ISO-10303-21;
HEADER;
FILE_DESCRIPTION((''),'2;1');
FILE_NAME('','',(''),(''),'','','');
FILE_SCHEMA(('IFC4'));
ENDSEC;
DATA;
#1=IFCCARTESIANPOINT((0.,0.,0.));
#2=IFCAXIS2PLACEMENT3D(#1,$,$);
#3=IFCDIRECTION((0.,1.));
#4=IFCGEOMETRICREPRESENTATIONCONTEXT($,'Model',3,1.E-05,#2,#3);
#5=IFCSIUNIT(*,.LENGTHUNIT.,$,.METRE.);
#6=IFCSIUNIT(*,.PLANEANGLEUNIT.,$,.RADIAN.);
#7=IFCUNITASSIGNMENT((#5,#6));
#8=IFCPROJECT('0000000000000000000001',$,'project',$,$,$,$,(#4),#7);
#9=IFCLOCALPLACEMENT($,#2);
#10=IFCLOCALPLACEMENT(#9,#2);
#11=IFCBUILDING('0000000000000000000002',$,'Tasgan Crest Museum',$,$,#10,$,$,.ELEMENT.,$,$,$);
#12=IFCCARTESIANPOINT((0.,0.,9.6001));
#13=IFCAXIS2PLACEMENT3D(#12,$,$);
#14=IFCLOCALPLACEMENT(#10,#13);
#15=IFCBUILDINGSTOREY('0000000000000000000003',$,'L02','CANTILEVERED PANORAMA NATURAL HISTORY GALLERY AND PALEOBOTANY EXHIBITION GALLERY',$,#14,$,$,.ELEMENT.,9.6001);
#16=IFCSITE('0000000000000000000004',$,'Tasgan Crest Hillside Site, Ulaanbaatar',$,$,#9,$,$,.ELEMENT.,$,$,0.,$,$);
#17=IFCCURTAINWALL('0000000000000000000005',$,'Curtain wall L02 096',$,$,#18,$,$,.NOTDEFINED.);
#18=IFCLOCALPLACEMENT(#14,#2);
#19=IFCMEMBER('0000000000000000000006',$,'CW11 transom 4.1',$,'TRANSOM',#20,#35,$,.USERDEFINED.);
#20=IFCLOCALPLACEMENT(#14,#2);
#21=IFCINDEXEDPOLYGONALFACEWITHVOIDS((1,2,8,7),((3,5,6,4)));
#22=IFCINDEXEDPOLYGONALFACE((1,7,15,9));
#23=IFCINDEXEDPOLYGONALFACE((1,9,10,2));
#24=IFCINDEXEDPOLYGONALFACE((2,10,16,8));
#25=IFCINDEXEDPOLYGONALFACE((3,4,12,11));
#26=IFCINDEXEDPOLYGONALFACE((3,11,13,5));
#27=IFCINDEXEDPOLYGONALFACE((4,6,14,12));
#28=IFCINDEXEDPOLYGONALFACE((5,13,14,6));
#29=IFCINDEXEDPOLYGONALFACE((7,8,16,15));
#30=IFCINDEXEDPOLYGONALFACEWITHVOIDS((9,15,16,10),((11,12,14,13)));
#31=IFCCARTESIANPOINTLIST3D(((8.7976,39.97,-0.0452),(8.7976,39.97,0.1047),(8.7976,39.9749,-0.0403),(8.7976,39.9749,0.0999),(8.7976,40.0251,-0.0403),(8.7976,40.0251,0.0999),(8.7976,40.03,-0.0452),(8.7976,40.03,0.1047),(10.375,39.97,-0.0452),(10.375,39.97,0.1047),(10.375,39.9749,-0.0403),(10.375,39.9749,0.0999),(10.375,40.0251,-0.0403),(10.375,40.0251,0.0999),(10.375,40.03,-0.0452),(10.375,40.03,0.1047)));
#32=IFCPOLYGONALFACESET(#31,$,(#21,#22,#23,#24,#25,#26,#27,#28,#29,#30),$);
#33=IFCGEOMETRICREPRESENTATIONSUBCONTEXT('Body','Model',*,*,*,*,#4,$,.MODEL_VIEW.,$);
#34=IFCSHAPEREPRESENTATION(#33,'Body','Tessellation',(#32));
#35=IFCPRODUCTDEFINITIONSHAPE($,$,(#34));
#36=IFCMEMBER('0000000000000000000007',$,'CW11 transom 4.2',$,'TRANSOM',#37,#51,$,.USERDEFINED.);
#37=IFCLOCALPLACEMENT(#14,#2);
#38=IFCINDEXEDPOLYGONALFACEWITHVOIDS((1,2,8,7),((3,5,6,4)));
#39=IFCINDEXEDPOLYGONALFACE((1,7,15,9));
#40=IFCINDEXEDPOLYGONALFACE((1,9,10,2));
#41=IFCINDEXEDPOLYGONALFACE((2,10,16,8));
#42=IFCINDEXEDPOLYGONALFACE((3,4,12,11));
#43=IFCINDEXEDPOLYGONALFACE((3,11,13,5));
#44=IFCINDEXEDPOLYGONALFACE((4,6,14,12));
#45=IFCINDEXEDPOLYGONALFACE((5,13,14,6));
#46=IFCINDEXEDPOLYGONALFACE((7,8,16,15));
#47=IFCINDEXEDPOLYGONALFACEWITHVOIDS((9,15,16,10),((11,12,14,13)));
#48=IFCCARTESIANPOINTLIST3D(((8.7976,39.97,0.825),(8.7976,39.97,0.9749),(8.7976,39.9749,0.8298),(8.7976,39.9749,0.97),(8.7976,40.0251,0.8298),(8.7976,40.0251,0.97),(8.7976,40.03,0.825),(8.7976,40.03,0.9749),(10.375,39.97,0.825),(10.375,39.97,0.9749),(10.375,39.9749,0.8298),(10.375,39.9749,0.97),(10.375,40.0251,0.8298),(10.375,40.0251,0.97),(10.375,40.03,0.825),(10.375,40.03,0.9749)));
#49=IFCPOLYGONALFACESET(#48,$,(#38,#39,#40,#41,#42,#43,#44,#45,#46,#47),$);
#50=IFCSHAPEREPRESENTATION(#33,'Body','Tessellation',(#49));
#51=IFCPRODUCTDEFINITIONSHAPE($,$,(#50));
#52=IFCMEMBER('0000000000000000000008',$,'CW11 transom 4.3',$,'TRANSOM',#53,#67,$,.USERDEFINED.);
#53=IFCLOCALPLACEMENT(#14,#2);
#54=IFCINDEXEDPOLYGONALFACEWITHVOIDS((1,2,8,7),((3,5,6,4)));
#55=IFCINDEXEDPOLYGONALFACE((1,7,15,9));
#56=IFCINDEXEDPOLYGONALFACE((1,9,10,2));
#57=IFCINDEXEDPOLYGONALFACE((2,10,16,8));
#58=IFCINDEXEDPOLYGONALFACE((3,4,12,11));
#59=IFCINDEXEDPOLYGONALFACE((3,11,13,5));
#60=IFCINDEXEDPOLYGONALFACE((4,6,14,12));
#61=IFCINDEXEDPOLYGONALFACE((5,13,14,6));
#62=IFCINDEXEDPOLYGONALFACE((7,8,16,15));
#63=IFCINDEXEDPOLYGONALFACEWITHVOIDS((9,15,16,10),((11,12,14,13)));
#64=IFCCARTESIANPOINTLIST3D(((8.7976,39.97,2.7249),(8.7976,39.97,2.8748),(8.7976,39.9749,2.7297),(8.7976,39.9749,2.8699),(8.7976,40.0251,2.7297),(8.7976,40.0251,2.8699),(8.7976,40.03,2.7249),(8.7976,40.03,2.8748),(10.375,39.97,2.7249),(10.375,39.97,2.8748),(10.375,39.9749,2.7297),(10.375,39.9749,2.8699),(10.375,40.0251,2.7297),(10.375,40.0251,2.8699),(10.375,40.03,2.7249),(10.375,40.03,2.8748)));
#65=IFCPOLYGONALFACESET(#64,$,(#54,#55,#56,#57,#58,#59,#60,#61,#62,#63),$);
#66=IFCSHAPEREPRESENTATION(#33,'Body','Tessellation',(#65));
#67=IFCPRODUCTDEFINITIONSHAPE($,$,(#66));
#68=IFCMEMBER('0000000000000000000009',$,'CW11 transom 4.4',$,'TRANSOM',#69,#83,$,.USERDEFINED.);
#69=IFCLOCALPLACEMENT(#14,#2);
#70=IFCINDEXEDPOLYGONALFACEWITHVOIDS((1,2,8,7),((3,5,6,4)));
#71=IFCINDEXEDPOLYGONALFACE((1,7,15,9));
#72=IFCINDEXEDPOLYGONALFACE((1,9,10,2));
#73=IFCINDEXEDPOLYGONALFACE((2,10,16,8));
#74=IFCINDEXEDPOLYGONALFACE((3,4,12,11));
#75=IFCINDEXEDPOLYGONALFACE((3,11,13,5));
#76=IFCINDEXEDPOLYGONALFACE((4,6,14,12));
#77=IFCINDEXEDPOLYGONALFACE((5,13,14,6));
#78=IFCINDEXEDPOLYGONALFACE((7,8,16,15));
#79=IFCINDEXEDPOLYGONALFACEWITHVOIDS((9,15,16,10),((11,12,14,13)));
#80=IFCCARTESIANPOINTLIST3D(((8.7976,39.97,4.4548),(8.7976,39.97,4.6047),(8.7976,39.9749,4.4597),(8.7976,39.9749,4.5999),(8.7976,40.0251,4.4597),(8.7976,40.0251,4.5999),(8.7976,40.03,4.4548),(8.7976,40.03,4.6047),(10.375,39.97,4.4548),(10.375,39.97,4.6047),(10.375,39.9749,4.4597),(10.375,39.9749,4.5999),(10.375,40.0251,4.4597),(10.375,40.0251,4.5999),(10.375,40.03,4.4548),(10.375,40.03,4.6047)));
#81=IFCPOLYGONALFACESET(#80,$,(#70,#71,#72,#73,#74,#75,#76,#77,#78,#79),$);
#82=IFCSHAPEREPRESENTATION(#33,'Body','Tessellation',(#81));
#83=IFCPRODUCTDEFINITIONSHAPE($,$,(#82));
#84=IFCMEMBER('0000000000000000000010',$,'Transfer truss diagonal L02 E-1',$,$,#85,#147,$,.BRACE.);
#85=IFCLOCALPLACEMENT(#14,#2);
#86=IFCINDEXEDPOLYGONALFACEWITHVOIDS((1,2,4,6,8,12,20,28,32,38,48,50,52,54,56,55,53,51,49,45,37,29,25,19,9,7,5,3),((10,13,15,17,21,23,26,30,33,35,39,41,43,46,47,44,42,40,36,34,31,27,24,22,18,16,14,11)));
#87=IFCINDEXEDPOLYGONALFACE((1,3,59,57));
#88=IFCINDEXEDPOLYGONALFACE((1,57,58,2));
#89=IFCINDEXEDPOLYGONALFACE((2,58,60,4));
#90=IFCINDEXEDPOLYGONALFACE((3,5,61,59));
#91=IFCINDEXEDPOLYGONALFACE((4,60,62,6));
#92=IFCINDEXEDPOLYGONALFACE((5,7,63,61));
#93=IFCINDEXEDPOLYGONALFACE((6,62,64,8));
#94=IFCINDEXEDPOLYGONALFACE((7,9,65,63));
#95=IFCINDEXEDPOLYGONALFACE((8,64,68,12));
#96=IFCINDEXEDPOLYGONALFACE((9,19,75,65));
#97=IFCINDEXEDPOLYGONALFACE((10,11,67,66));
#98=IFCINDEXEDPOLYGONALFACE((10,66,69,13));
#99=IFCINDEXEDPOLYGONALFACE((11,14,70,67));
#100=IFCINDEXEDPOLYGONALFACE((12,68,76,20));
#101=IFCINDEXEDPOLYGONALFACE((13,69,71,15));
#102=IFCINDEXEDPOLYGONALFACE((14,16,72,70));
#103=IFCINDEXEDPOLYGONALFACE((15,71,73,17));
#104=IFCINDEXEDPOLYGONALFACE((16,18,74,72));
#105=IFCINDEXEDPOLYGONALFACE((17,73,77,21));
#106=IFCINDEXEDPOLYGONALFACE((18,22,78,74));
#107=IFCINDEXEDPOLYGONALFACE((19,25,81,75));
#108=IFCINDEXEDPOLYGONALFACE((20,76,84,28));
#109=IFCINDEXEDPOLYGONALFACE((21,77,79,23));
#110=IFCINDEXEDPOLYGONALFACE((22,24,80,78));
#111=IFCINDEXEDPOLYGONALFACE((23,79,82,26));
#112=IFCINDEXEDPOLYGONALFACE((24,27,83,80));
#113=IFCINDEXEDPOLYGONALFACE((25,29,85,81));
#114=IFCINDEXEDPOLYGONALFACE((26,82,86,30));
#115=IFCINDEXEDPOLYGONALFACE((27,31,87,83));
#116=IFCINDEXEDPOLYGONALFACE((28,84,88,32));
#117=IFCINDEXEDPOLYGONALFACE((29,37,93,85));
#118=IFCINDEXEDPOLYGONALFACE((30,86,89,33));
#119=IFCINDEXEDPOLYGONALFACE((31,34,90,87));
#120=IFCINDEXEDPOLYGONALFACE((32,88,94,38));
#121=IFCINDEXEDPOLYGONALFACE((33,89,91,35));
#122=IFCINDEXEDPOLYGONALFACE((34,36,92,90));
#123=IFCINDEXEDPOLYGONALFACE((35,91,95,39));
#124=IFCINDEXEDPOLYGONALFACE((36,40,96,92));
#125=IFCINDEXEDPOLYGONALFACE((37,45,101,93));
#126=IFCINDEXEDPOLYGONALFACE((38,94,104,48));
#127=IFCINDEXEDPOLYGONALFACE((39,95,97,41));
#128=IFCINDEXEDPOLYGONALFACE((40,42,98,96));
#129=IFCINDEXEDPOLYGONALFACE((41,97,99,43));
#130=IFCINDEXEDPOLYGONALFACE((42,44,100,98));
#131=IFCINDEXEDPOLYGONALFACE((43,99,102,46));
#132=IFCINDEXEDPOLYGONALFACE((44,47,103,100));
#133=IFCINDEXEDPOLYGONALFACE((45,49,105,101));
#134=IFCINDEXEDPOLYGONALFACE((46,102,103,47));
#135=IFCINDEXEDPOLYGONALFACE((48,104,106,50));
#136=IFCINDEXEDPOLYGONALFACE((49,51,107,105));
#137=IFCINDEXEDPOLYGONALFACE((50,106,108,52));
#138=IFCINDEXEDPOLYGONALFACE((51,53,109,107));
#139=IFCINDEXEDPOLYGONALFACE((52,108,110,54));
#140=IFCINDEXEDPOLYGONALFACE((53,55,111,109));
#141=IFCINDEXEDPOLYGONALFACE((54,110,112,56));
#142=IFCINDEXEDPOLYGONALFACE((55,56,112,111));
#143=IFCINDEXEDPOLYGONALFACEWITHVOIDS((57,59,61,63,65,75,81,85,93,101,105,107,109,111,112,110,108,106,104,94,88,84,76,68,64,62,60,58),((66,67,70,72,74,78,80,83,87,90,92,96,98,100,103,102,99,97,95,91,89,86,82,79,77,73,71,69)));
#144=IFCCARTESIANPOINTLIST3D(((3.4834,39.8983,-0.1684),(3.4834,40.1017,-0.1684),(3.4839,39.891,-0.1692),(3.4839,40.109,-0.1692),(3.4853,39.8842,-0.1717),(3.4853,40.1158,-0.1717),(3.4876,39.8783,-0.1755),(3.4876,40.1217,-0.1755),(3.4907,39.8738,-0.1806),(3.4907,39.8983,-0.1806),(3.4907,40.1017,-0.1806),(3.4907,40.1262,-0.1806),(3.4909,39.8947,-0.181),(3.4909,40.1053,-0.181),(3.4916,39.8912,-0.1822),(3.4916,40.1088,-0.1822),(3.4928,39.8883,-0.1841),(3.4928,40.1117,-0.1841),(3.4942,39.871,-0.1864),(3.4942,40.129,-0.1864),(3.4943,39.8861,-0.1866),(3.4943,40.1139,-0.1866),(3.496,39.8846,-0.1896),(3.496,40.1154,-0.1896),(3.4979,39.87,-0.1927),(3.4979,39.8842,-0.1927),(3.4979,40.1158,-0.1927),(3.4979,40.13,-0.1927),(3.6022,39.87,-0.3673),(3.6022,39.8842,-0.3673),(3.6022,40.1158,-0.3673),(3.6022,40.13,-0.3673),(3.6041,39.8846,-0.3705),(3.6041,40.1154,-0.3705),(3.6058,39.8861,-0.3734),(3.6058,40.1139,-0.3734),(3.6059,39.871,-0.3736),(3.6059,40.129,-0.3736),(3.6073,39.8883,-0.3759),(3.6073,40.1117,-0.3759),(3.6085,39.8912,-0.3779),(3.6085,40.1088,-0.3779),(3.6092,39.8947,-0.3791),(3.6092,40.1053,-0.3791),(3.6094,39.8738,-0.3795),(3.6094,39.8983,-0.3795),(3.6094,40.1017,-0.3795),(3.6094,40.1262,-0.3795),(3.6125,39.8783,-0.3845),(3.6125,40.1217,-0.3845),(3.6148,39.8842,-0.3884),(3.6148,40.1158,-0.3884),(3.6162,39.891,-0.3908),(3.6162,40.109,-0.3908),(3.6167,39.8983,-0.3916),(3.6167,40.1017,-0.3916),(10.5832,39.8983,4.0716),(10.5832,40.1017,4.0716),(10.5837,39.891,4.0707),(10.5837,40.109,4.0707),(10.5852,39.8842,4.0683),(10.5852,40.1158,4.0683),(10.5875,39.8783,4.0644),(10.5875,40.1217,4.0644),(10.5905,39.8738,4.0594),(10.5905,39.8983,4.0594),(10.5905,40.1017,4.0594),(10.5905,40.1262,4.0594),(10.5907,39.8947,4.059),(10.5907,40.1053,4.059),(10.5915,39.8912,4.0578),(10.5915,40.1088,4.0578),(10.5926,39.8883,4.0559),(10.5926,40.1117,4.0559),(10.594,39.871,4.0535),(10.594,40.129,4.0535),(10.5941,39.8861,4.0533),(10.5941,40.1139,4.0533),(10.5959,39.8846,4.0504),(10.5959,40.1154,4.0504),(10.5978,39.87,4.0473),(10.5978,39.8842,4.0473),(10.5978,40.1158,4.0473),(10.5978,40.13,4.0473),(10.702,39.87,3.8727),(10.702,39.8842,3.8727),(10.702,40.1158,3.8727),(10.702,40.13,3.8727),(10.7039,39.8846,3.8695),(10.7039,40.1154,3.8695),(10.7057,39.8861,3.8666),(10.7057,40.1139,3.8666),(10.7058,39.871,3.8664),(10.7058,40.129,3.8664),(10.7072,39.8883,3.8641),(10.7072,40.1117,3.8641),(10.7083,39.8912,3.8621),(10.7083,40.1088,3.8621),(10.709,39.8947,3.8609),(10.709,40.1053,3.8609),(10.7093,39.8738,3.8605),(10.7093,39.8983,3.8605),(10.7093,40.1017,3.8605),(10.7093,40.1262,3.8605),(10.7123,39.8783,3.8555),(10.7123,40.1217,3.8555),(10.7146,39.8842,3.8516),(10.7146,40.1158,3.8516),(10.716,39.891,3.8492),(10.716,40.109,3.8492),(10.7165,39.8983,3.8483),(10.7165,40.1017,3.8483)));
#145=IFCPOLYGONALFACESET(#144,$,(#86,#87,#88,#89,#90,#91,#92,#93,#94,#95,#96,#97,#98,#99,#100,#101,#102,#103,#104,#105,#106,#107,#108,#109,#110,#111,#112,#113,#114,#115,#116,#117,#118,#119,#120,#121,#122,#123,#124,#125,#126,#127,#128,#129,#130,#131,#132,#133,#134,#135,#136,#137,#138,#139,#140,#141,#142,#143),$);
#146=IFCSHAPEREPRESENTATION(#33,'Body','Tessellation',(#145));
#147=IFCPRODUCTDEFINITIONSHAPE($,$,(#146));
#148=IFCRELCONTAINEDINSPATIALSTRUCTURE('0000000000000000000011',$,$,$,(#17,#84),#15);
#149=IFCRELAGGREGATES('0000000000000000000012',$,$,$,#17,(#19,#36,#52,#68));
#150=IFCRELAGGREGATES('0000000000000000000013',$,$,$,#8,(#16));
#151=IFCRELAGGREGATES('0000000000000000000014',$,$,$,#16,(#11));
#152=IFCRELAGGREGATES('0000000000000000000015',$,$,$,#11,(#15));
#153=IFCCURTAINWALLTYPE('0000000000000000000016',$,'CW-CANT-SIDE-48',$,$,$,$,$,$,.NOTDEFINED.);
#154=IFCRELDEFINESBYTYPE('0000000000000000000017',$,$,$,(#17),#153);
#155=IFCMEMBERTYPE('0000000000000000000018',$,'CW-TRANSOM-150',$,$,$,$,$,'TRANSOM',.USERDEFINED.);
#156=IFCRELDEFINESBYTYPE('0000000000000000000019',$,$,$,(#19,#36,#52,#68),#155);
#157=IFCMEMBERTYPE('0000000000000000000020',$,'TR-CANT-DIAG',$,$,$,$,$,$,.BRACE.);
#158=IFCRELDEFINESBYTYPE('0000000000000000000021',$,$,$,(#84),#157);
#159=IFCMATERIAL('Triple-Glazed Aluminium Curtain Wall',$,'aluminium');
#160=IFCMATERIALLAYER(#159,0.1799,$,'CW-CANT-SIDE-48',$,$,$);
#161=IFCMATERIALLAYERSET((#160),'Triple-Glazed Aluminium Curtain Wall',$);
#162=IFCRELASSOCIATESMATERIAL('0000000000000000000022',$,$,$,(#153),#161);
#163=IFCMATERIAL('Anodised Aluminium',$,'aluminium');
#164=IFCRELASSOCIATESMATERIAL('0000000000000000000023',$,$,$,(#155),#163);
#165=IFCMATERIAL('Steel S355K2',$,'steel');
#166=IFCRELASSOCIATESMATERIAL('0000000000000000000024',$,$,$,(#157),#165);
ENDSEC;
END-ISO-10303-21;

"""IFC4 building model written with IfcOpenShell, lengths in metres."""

from ifc_helpers import new_model, si_unit, direction, frame, origin, origin_2d, place, context, subcontext, project, spatial, hollow_rectangle, extrude, material, layer, layer_set, material_profile, profile_set, type_object, element, aggregate, save


model = new_model("IFC4")

# Units and contexts
model_context = context("Model", 3, precision=1e-05, world=origin(), true_north=direction((0.0, 1.0)))
body_context = subcontext(model_context, "Body", "Model", "MODEL_VIEW")
ifc_project = project(units=[si_unit("LENGTHUNIT", "METRE"), si_unit("PLANEANGLEUNIT", "RADIAN")], contexts=[model_context])

# Site, building, storey
site_placement = place(None, origin())
site = spatial("IfcSite", under=ifc_project, at=site_placement, Name="Tasgan Crest Hillside Site, Ulaanbaatar", CompositionType="ELEMENT", RefElevation=0.0)
building_placement = place(site_placement, origin())
building = spatial("IfcBuilding", under=site, at=building_placement, Name="Tasgan Crest Museum", CompositionType="ELEMENT")
storey_placement = place(building_placement, frame((0.0, 0.0, 9.6001)))
storey = spatial("IfcBuildingStorey", under=building, at=storey_placement, Name="L02", Description="CANTILEVERED PANORAMA NATURAL HISTORY GALLERY AND PALEOBOTANY EXHIBITION GALLERY", CompositionType="ELEMENT", Elevation=9.6001)

# Curtain wall, members
ifc_material_1 = material(Name="Triple-Glazed Aluminium Curtain Wall", Category="aluminium")
ifc_layer_1 = layer(ifc_material_1, 0.1799, Name="CW-CANT-SIDE-48")
ifc_layer_set_1 = layer_set([ifc_layer_1], Name="Triple-Glazed Aluminium Curtain Wall")
curtain_wall_type = type_object("IfcCurtainWallType", Name="CW-CANT-SIDE-48", PredefinedType="NOTDEFINED", material=ifc_layer_set_1)
curtain_wall_placement = place(storey_placement, origin())
curtain_wall = element("IfcCurtainWall", 1, at=curtain_wall_placement, inside=storey, type_object=curtain_wall_type, Name="Curtain wall L02 096", PredefinedType="NOTDEFINED")
ifc_material_2 = material(Name="Anodised Aluminium", Category="aluminium")
ifc_material_profile_1 = material_profile(ifc_material_2, hollow_rectangle(XDim=0.0601, YDim=0.1499, WallThickness=0.0049, at=origin_2d()), Name="ALU TRANSOM 150x60x5")
ifc_profile_set_1 = profile_set([ifc_material_profile_1], Name="Anodised Aluminium")
member_type_1 = type_object("IfcMemberType", Name="CW-TRANSOM-150", ElementType="TRANSOM", PredefinedType="USERDEFINED", material=ifc_profile_set_1)
member_1_placement = place(storey_placement, frame((8.7976, 40.0, 0.0298), z_axis=(1.0, 0.0, 0.0), x_axis=(0.0, 1.0, 0.0)))
member_1 = element("IfcMember", 2, at=member_1_placement, type_object=member_type_1, Name="CW11 transom 4.1", ObjectType="TRANSOM", PredefinedType="USERDEFINED", context=body_context, shape_type="SweptSolid", body=[
    extrude(hollow_rectangle(XDim=0.0601, YDim=0.1499, WallThickness=0.0049, at=origin_2d()), origin(), (0.0, 0.0, 1.0), 1.5774),
])
member_2_placement = place(storey_placement, frame((8.7976, 40.0, 0.8999), z_axis=(1.0, 0.0, 0.0), x_axis=(0.0, 1.0, 0.0)))
member_2 = element("IfcMember", 3, at=member_2_placement, type_object=member_type_1, Name="CW11 transom 4.2", ObjectType="TRANSOM", PredefinedType="USERDEFINED", context=body_context, shape_type="SweptSolid", body=[
    extrude(hollow_rectangle(XDim=0.0601, YDim=0.1499, WallThickness=0.0049, at=origin_2d()), origin(), (0.0, 0.0, 1.0), 1.5774),
])
member_3_placement = place(storey_placement, frame((8.7976, 40.0, 2.7998), z_axis=(1.0, 0.0, 0.0), x_axis=(0.0, 1.0, 0.0)))
member_3 = element("IfcMember", 4, at=member_3_placement, type_object=member_type_1, Name="CW11 transom 4.3", ObjectType="TRANSOM", PredefinedType="USERDEFINED", context=body_context, shape_type="SweptSolid", body=[
    extrude(hollow_rectangle(XDim=0.0601, YDim=0.1499, WallThickness=0.0049, at=origin_2d()), origin(), (0.0, 0.0, 1.0), 1.5774),
])
member_4_placement = place(storey_placement, frame((8.7976, 40.0, 4.5298), z_axis=(1.0, 0.0, 0.0), x_axis=(0.0, 1.0, 0.0)))
member_4 = element("IfcMember", 5, at=member_4_placement, type_object=member_type_1, Name="CW11 transom 4.4", ObjectType="TRANSOM", PredefinedType="USERDEFINED", context=body_context, shape_type="SweptSolid", body=[
    extrude(hollow_rectangle(XDim=0.0601, YDim=0.1499, WallThickness=0.0049, at=origin_2d()), origin(), (0.0, 0.0, 1.0), 1.5774),
])

# Member
ifc_material_3 = material(Name="Steel S355K2", Category="steel")
ifc_material_profile_2 = material_profile(ifc_material_3, hollow_rectangle(XDim=0.26, YDim=0.26, WallThickness=0.0142, InnerFilletRadius=0.0142, OuterFilletRadius=0.0283, at=origin_2d()), Name="SHS 260x260x14.2")
ifc_profile_set_2 = profile_set([ifc_material_profile_2], Name="Steel S355K2")
member_type_2 = type_object("IfcMemberType", Name="TR-CANT-DIAG", PredefinedType="BRACE", material=ifc_profile_set_2)
member_5_placement = place(storey_placement, frame((3.55, 40.0, -0.28), z_axis=(0.858554, 0.0, 0.512723), x_axis=(0.0, 1.0, 0.0)))
element("IfcMember", 6, at=member_5_placement, inside=storey, type_object=member_type_2, Name="Transfer truss diagonal L02 E-1", PredefinedType="BRACE", context=body_context, shape_type="SweptSolid", body=[
    extrude(hollow_rectangle(XDim=0.26, YDim=0.26, WallThickness=0.0142, InnerFilletRadius=0.0142, OuterFilletRadius=0.0283, at=origin_2d()), origin(), (0.0, 0.0, 1.0), 8.2695),
])

aggregate(curtain_wall, [member_1, member_2, member_3, member_4])

save(model, "model.ifc")
